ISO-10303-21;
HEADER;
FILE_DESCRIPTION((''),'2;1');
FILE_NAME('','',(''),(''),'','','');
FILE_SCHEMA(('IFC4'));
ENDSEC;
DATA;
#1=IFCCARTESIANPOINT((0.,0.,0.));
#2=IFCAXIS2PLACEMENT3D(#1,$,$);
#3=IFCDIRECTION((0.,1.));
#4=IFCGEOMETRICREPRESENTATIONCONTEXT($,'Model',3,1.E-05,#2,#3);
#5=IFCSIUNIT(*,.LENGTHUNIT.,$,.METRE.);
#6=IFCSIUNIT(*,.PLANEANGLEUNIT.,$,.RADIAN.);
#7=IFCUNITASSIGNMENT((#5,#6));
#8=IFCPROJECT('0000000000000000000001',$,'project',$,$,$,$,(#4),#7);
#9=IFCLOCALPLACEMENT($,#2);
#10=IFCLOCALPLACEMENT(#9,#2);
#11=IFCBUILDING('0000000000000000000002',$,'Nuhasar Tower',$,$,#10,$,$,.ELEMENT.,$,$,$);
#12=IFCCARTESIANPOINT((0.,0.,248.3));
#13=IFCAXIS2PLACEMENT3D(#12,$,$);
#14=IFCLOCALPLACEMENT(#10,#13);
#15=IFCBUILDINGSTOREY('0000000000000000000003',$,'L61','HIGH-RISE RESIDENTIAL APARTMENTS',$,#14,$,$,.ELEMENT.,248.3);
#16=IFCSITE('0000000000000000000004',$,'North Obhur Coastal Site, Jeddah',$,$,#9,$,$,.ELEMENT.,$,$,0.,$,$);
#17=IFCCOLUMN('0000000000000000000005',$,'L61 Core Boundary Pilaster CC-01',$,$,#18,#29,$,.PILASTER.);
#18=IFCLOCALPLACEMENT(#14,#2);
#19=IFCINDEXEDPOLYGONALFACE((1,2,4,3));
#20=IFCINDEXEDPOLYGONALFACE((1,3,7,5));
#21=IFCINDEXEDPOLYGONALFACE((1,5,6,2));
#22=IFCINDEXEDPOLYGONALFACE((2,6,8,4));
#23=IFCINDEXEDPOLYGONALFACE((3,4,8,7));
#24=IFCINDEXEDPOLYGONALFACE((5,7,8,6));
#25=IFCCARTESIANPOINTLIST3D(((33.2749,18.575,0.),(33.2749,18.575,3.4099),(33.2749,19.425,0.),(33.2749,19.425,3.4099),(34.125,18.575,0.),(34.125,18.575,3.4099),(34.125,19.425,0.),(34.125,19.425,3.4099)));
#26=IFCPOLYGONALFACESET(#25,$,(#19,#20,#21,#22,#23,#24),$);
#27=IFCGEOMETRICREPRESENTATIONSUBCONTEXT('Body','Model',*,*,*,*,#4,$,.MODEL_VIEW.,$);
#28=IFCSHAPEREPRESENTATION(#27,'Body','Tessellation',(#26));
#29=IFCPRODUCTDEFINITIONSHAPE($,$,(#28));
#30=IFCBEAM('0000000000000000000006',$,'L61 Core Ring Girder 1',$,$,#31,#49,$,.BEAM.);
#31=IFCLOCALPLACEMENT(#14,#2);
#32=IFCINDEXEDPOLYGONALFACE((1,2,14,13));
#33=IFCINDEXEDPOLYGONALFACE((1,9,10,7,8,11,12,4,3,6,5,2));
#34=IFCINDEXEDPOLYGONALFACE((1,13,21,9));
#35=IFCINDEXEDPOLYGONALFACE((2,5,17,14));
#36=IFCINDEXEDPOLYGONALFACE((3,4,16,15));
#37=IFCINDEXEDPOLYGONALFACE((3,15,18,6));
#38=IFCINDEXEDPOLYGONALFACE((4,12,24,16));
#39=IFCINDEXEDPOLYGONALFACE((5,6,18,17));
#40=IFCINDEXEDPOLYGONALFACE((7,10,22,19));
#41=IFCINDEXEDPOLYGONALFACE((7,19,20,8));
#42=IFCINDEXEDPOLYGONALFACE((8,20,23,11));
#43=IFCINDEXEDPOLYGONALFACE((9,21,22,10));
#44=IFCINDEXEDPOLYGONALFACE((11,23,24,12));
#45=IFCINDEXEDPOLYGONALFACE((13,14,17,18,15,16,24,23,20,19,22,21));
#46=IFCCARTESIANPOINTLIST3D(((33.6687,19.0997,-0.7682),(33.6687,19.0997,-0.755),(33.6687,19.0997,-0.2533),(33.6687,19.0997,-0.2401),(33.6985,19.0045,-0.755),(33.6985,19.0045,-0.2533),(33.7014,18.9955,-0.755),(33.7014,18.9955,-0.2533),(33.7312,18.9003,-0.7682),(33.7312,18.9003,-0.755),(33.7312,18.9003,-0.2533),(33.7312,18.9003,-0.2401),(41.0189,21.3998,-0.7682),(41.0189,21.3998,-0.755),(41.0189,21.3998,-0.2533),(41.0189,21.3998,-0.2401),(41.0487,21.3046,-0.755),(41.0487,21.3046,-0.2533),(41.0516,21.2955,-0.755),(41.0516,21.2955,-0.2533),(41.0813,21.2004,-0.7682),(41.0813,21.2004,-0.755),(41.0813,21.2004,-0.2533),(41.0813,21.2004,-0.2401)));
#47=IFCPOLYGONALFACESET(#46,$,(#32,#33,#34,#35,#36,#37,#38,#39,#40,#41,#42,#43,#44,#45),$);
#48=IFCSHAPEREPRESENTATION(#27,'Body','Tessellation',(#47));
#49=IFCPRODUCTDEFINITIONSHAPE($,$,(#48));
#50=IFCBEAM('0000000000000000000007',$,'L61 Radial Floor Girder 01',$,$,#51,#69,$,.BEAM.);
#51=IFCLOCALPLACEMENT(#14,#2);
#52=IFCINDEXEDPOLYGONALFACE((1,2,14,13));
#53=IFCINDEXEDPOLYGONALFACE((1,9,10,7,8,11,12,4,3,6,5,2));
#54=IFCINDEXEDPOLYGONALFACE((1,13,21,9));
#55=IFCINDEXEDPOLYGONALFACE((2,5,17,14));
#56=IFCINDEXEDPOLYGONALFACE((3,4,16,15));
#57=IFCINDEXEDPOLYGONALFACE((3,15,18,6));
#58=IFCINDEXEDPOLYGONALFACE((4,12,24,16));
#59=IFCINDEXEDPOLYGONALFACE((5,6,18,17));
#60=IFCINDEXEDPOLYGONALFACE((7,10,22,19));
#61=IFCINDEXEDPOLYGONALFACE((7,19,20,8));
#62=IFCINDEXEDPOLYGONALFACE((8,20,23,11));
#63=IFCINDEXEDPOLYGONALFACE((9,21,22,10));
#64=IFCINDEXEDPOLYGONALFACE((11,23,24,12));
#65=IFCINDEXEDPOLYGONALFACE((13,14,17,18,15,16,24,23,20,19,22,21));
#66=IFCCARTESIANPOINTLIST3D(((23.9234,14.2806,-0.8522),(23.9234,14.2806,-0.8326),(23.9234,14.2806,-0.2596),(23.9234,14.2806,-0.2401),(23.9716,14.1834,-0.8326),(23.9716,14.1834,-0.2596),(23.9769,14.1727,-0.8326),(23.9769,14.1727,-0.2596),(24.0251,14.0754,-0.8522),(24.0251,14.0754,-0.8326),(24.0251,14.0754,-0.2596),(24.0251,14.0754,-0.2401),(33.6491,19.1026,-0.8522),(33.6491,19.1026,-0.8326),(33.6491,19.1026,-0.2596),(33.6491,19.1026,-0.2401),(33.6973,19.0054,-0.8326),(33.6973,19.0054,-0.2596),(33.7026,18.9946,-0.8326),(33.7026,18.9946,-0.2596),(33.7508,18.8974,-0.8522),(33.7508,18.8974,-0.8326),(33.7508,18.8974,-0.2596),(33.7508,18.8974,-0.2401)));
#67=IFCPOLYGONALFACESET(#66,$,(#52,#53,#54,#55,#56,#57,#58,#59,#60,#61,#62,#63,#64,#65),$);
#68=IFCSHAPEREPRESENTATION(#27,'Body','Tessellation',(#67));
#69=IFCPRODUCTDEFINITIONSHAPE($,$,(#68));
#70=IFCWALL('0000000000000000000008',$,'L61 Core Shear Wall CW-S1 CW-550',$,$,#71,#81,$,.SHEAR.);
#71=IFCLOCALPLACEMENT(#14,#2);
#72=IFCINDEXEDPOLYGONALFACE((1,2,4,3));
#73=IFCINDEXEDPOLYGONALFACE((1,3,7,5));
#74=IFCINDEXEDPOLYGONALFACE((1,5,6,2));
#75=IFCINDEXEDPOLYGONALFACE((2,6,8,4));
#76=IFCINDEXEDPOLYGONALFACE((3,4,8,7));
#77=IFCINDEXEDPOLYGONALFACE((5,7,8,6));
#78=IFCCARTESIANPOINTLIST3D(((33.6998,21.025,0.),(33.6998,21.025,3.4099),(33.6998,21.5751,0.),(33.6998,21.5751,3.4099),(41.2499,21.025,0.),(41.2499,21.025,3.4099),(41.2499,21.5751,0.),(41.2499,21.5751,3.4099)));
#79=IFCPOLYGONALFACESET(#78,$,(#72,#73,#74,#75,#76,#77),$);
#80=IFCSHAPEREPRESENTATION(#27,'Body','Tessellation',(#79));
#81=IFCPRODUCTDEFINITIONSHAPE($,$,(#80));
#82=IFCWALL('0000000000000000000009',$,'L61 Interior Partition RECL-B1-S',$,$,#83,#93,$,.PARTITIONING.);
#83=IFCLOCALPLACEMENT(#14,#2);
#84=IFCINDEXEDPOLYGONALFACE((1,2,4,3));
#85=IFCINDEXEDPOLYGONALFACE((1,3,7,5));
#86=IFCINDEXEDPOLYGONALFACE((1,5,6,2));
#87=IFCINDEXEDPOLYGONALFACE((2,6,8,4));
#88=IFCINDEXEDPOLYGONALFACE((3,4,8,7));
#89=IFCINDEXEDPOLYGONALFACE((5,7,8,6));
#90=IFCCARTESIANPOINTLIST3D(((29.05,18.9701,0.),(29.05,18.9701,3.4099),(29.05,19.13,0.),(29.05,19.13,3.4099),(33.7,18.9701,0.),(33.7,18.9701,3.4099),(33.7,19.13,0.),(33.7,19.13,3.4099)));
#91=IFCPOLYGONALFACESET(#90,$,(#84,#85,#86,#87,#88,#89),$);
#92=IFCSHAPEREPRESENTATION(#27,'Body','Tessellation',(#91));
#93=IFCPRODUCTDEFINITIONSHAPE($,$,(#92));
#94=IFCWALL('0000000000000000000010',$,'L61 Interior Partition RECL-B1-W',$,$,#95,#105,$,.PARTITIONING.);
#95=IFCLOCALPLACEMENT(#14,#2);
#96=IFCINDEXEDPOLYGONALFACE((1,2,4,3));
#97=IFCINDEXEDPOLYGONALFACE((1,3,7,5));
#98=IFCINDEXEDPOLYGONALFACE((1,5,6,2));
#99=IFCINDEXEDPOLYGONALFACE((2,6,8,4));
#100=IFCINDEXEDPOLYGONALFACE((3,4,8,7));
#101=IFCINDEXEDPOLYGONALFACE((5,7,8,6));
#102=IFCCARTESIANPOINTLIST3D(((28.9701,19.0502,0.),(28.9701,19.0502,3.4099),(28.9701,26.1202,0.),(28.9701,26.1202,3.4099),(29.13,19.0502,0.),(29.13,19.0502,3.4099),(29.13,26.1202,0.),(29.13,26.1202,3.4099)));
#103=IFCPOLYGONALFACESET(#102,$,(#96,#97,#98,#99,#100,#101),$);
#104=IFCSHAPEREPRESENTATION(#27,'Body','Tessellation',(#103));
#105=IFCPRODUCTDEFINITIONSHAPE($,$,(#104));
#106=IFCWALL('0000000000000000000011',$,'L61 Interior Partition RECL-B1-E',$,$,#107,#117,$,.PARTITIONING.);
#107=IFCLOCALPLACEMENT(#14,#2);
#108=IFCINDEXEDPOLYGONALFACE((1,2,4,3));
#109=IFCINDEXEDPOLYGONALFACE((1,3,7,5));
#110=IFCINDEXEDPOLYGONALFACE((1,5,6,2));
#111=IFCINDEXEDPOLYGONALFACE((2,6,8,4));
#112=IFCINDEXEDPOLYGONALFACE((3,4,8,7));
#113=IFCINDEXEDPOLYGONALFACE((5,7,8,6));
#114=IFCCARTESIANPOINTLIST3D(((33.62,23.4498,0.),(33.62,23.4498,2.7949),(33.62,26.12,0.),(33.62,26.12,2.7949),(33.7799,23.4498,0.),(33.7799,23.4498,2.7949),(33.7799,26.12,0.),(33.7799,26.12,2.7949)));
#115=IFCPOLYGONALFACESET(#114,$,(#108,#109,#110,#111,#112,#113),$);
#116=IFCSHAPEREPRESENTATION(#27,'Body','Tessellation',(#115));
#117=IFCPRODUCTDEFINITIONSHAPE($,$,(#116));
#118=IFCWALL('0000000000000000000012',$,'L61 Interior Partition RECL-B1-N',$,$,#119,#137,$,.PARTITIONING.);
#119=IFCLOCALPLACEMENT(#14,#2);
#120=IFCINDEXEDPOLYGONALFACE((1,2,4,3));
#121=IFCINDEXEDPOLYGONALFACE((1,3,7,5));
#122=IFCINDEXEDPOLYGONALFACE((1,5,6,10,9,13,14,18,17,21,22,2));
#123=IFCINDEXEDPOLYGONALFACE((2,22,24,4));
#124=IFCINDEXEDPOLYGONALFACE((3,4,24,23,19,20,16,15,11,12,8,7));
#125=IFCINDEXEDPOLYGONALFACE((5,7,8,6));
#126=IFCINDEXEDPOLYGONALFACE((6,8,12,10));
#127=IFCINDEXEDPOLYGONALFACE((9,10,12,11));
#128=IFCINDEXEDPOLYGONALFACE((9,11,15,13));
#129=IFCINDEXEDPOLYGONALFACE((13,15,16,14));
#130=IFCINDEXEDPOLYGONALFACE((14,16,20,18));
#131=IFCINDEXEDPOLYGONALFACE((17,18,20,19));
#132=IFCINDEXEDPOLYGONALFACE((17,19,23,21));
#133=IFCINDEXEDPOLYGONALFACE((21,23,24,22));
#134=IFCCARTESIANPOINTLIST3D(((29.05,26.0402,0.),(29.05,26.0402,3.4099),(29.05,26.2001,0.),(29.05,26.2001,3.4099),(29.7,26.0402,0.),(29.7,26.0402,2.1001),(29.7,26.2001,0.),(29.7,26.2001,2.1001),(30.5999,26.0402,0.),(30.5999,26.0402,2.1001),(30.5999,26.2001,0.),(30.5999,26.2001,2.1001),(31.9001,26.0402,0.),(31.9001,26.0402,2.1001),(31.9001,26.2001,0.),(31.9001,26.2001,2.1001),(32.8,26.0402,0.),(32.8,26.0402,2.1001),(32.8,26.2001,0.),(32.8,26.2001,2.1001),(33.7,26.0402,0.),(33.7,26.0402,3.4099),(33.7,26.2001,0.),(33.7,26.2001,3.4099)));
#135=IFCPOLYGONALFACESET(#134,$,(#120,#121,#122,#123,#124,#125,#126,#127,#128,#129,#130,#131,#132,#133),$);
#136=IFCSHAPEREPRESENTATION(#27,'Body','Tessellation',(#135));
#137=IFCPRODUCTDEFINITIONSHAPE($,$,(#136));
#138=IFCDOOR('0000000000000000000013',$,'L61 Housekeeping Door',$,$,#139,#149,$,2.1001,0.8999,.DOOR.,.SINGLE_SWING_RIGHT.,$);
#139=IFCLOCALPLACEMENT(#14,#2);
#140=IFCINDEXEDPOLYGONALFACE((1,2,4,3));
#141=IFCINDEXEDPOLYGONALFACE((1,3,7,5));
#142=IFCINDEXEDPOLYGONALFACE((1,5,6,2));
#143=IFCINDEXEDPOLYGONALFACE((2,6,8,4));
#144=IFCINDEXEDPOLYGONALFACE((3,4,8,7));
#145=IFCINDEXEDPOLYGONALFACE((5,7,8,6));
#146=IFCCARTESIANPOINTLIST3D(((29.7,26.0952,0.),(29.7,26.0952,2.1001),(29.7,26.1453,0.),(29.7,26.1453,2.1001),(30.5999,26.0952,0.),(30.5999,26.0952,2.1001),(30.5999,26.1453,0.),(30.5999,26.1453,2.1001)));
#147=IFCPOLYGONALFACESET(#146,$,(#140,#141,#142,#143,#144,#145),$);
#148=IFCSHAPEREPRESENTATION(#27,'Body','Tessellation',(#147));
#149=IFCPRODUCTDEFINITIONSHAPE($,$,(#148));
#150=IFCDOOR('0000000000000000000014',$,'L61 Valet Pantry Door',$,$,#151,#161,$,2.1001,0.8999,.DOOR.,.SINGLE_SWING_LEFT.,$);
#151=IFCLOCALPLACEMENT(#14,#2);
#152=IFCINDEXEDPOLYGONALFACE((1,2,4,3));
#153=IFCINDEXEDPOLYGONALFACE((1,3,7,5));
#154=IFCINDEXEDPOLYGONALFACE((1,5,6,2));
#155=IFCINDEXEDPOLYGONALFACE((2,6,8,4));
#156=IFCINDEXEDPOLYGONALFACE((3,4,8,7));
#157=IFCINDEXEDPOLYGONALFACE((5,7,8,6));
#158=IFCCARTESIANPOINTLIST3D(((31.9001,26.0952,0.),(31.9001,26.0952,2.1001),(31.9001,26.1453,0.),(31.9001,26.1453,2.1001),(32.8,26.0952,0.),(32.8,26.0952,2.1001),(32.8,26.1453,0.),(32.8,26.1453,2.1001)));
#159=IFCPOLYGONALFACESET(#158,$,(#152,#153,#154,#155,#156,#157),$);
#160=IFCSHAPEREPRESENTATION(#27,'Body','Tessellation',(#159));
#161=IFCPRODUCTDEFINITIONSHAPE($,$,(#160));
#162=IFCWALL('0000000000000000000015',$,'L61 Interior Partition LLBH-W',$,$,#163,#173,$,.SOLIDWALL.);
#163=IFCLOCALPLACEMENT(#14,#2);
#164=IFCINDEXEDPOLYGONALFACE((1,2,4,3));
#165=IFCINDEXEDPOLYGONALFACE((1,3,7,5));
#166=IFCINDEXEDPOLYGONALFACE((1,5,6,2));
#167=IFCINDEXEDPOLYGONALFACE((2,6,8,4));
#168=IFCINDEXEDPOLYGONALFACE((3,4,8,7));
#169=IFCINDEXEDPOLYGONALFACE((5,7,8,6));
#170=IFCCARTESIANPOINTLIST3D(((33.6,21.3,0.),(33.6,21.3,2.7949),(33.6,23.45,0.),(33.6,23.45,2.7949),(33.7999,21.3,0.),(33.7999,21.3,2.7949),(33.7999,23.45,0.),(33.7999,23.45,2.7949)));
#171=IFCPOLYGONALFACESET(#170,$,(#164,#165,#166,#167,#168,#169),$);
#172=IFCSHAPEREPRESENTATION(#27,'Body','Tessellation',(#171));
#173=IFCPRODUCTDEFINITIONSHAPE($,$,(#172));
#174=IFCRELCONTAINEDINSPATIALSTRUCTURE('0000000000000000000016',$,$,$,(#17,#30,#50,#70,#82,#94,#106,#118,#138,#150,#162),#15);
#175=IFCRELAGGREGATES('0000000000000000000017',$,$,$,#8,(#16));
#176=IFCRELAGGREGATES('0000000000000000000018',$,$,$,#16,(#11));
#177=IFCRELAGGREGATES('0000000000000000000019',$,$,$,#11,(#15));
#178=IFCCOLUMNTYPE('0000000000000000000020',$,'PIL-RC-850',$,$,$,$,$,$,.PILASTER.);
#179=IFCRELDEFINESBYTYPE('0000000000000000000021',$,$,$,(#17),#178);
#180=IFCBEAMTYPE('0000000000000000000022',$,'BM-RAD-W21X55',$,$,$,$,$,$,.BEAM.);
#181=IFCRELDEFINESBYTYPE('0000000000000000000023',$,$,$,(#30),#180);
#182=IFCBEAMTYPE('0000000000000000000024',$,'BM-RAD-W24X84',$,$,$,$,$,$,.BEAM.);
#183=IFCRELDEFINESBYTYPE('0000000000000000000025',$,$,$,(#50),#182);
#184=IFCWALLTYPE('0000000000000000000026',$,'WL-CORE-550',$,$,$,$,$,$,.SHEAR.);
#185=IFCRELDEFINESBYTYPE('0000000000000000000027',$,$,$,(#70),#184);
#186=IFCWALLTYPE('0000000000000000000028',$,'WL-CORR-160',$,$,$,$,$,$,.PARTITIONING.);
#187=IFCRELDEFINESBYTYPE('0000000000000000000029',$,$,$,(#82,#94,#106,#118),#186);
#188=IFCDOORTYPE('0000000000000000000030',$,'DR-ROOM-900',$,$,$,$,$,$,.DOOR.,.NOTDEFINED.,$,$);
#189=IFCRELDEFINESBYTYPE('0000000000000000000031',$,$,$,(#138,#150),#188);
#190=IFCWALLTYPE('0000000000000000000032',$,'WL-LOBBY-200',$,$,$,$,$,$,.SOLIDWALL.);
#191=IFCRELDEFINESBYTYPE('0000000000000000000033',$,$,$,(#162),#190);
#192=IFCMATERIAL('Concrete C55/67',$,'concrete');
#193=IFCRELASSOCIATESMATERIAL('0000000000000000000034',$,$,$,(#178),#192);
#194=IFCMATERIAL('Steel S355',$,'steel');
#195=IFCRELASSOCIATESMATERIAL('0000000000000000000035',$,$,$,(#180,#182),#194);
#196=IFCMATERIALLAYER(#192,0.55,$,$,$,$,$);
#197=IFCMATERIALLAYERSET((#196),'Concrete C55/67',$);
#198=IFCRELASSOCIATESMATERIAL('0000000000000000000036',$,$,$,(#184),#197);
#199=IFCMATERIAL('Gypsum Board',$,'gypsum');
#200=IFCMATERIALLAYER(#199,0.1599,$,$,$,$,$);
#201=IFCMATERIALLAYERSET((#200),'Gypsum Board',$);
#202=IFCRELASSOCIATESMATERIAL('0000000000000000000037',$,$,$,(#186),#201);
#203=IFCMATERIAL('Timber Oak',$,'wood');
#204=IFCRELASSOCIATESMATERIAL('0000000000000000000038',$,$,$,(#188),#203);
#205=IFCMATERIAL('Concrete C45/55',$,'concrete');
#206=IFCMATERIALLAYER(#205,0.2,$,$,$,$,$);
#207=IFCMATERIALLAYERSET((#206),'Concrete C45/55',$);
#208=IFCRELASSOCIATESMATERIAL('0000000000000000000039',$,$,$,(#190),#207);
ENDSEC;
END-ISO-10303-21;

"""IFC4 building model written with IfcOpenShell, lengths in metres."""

from ifc_helpers import new_model, si_unit, direction, frame, frame_2d, origin, origin_2d, place, context, subcontext, project, spatial, rectangle, i_section, extrude, material, layer, layer_set, material_profile, profile_set, type_object, element, fill, save


model = new_model("IFC4")

# Units and contexts
model_context = context("Model", 3, precision=1e-05, world=origin(), true_north=direction((0.0, 1.0)))
body_context = subcontext(model_context, "Body", "Model", "MODEL_VIEW")
ifc_project = project(units=[si_unit("LENGTHUNIT", "METRE"), si_unit("PLANEANGLEUNIT", "RADIAN")], contexts=[model_context])

# Site, building, storey
site_placement = place(None, origin())
site = spatial("IfcSite", under=ifc_project, at=site_placement, Name="North Obhur Coastal Site, Jeddah", CompositionType="ELEMENT", RefElevation=0.0)
building_placement = place(site_placement, origin())
building = spatial("IfcBuilding", under=site, at=building_placement, Name="Nuhasar Tower", CompositionType="ELEMENT")
storey_placement = place(building_placement, frame((0.0, 0.0, 248.3)))
storey = spatial("IfcBuildingStorey", under=building, at=storey_placement, Name="L61", Description="HIGH-RISE RESIDENTIAL APARTMENTS", CompositionType="ELEMENT", Elevation=248.3)

# Column
ifc_material_1 = material(Name="Concrete C55/67", Category="concrete")
ifc_material_profile_1 = material_profile(ifc_material_1, rectangle(XDim=0.8501, YDim=0.8501, at=origin_2d()), Name="RC850X850")
ifc_profile_set_1 = profile_set([ifc_material_profile_1], Name="Concrete C55/67")
column_type = type_object("IfcColumnType", Name="PIL-RC-850", PredefinedType="PILASTER", material=ifc_profile_set_1)
column_placement = place(storey_placement, frame((33.7, 19.0, 0.0), z_axis=(0.0, 0.0, 1.0), x_axis=(1.0, 0.0, 0.0)))
element("IfcColumn", 1, at=column_placement, inside=storey, type_object=column_type, Name="L61 Core Boundary Pilaster CC-01", PredefinedType="PILASTER", context=body_context, shape_type="SweptSolid", body=[
    extrude(rectangle(XDim=0.8501, YDim=0.8501, at=origin_2d()), origin(), (0.0, 0.0, 1.0), 3.4099),
])

# Beams
ifc_material_2 = material(Name="Steel S355", Category="steel")
ifc_material_profile_2 = material_profile(ifc_material_2, i_section(OverallWidth=0.209, OverallDepth=0.5281, WebThickness=0.0095, FlangeThickness=0.0132, at=origin_2d()), Name="W21X55")
ifc_profile_set_2 = profile_set([ifc_material_profile_2], Name="Steel S355")
beam_type_1 = type_object("IfcBeamType", Name="BM-RAD-W21X55", PredefinedType="BEAM", material=ifc_profile_set_2)
beam_1_placement = place(storey_placement, frame((33.7, 19.0, -0.5042), z_axis=(0.954364, 0.298647, 0.0), x_axis=(-0.298647, 0.954364, 0.0)))
element("IfcBeam", 2, at=beam_1_placement, inside=storey, type_object=beam_type_1, Name="L61 Core Ring Girder 1", PredefinedType="BEAM", context=body_context, shape_type="SweptSolid", body=[
    extrude(i_section(OverallWidth=0.209, OverallDepth=0.5281, WebThickness=0.0095, FlangeThickness=0.0132, at=origin_2d()), origin(), (0.0, 0.0, 1.0), 7.7017),
])
ifc_material_profile_3 = material_profile(ifc_material_2, i_section(OverallWidth=0.229, OverallDepth=0.6121, WebThickness=0.012, FlangeThickness=0.0195, at=origin_2d()), Name="W24X84")
ifc_profile_set_3 = profile_set([ifc_material_profile_3], Name="Steel S355")
beam_type_2 = type_object("IfcBeamType", Name="BM-RAD-W24X84", PredefinedType="BEAM", material=ifc_profile_set_3)
beam_2_placement = place(storey_placement, frame((33.7, 19.0, -0.5461), z_axis=(-0.895929, -0.444197, 0.0), x_axis=(0.444197, -0.895929, 0.0)))
element("IfcBeam", 3, at=beam_2_placement, inside=storey, type_object=beam_type_2, Name="L61 Radial Floor Girder 01", PredefinedType="BEAM", context=body_context, shape_type="SweptSolid", body=[
    extrude(i_section(OverallWidth=0.229, OverallDepth=0.6121, WebThickness=0.012, FlangeThickness=0.0195, at=origin_2d()), origin(), (0.0, 0.0, 1.0), 10.8555),
])

# Walls
ifc_layer_1 = layer(ifc_material_1, 0.55)
ifc_layer_set_1 = layer_set([ifc_layer_1], Name="Concrete C55/67")
wall_type_1 = type_object("IfcWallType", Name="WL-CORE-550", PredefinedType="SHEAR", material=ifc_layer_set_1)
wall_1_placement = place(storey_placement, frame((33.7, 21.3, 0.0), z_axis=(0.0, 0.0, 1.0), x_axis=(1.0, 0.0, 0.0)))
element("IfcWall", 4, at=wall_1_placement, inside=storey, type_object=wall_type_1, Name="L61 Core Shear Wall CW-S1 CW-550", PredefinedType="SHEAR", context=body_context, shape_type="SweptSolid", body=[
    extrude(rectangle(XDim=7.55, YDim=0.55, at=frame_2d((3.7749, 0.0))), origin(), (0.0, 0.0, 1.0), 3.4099),
])
ifc_material_3 = material(Name="Gypsum Board", Category="gypsum")
ifc_layer_2 = layer(ifc_material_3, 0.1599)
ifc_layer_set_2 = layer_set([ifc_layer_2], Name="Gypsum Board")
wall_type_2 = type_object("IfcWallType", Name="WL-CORR-160", PredefinedType="PARTITIONING", material=ifc_layer_set_2)
wall_2_placement = place(storey_placement, frame((29.05, 19.05, 0.0), z_axis=(0.0, 0.0, 1.0), x_axis=(1.0, 0.0, 0.0)))
element("IfcWall", 5, at=wall_2_placement, inside=storey, type_object=wall_type_2, Name="L61 Interior Partition RECL-B1-S", PredefinedType="PARTITIONING", context=body_context, shape_type="SweptSolid", body=[
    extrude(rectangle(XDim=4.6499, YDim=0.1599, at=frame_2d((2.325, 0.0))), origin(), (0.0, 0.0, 1.0), 3.4099),
])
wall_3_placement = place(storey_placement, frame((29.05, 19.05, 0.0), z_axis=(0.0, 0.0, 1.0), x_axis=(0.0, 1.0, 0.0)))
element("IfcWall", 6, at=wall_3_placement, inside=storey, type_object=wall_type_2, Name="L61 Interior Partition RECL-B1-W", PredefinedType="PARTITIONING", context=body_context, shape_type="SweptSolid", body=[
    extrude(rectangle(XDim=7.0701, YDim=0.1599, at=frame_2d((3.5352, 0.0))), origin(), (0.0, 0.0, 1.0), 3.4099),
])
wall_4_placement = place(storey_placement, frame((33.7, 23.45, 0.0), z_axis=(0.0, 0.0, 1.0), x_axis=(0.0, 1.0, 0.0)))
element("IfcWall", 7, at=wall_4_placement, inside=storey, type_object=wall_type_2, Name="L61 Interior Partition RECL-B1-E", PredefinedType="PARTITIONING", context=body_context, shape_type="SweptSolid", body=[
    extrude(rectangle(XDim=2.6702, YDim=0.1599, at=frame_2d((1.335, 0.0))), origin(), (0.0, 0.0, 1.0), 2.7949),
])

# Wall, openings, doors
wall_5_placement = place(storey_placement, frame((33.7, 26.1201, 0.0), z_axis=(0.0, 0.0, 1.0), x_axis=(-1.0, 0.0, 0.0)))
wall_5 = element("IfcWall", 8, at=wall_5_placement, inside=storey, type_object=wall_type_2, Name="L61 Interior Partition RECL-B1-N", PredefinedType="PARTITIONING", context=body_context, shape_type="SweptSolid", body=[
    extrude(rectangle(XDim=4.6499, YDim=0.1599, at=frame_2d((2.325, 0.0))), origin(), (0.0, 0.0, 1.0), 3.4099),
])
opening_1_placement = place(wall_5_placement, frame((3.1001, 0.0, 0.0)))
opening_1 = element("IfcOpeningElement", 9, at=opening_1_placement, cuts=wall_5, PredefinedType="OPENING", context=body_context, shape_type="SweptSolid", body=[
    extrude(rectangle(XDim=0.8999, YDim=2.1001, at=frame_2d((0.45, 1.05))), frame((0.0, 0.0898, 0.0), z_axis=(0.0, -1.0, 0.0), x_axis=(1.0, 0.0, 0.0)), (0.0, 0.0, 1.0), 0.1799),
])
opening_2_placement = place(wall_5_placement, frame((0.8999, 0.0, 0.0)))
opening_2 = element("IfcOpeningElement", 10, at=opening_2_placement, cuts=wall_5, PredefinedType="OPENING", context=body_context, shape_type="SweptSolid", body=[
    extrude(rectangle(XDim=0.8999, YDim=2.1001, at=frame_2d((0.45, 1.05))), frame((0.0, 0.0898, 0.0), z_axis=(0.0, -1.0, 0.0), x_axis=(1.0, 0.0, 0.0)), (0.0, 0.0, 1.0), 0.1799),
])
ifc_material_4 = material(Name="Timber Oak", Category="wood")
door_type_1 = type_object("IfcDoorType", Name="DR-ROOM-900", OperationType="NOTDEFINED", PredefinedType="DOOR", material=ifc_material_4)
door_1_placement = place(opening_1_placement, origin())
door_1 = element("IfcDoor", 11, at=door_1_placement, inside=storey, type_object=door_type_1, Name="L61 Housekeeping Door", OperationType="SINGLE_SWING_RIGHT", OverallHeight=2.1001, OverallWidth=0.8999, PredefinedType="DOOR", context=body_context, shape_type="SweptSolid", body=[
    extrude(rectangle(XDim=0.8999, YDim=2.1001, at=frame_2d((0.45, 1.05))), frame((0.0, 0.0249, 0.0), z_axis=(0.0, -1.0, 0.0), x_axis=(1.0, 0.0, 0.0)), (0.0, 0.0, 1.0), 0.05),
])
fill(opening_1, door_1)
door_2_placement = place(opening_2_placement, origin())
door_2 = element("IfcDoor", 12, at=door_2_placement, inside=storey, type_object=door_type_1, Name="L61 Valet Pantry Door", OperationType="SINGLE_SWING_LEFT", OverallHeight=2.1001, OverallWidth=0.8999, PredefinedType="DOOR", context=body_context, shape_type="SweptSolid", body=[
    extrude(rectangle(XDim=0.8999, YDim=2.1001, at=frame_2d((0.45, 1.05))), frame((0.0, 0.0249, 0.0), z_axis=(0.0, -1.0, 0.0), x_axis=(1.0, 0.0, 0.0)), (0.0, 0.0, 1.0), 0.05),
])
fill(opening_2, door_2)

# Wall
ifc_material_5 = material(Name="Concrete C45/55", Category="concrete")
ifc_layer_3 = layer(ifc_material_5, 0.2)
ifc_layer_set_3 = layer_set([ifc_layer_3], Name="Concrete C45/55")
wall_type_3 = type_object("IfcWallType", Name="WL-LOBBY-200", PredefinedType="SOLIDWALL", material=ifc_layer_set_3)
wall_6_placement = place(storey_placement, frame((33.7, 21.3, 0.0), z_axis=(0.0, 0.0, 1.0), x_axis=(0.0, 1.0, 0.0)))
element("IfcWall", 13, at=wall_6_placement, inside=storey, type_object=wall_type_3, Name="L61 Interior Partition LLBH-W", PredefinedType="SOLIDWALL", context=body_context, shape_type="SweptSolid", body=[
    extrude(rectangle(XDim=2.1499, YDim=0.2, at=frame_2d((1.075, 0.0))), origin(), (0.0, 0.0, 1.0), 2.7949),
])

save(model, "model.ifc")
